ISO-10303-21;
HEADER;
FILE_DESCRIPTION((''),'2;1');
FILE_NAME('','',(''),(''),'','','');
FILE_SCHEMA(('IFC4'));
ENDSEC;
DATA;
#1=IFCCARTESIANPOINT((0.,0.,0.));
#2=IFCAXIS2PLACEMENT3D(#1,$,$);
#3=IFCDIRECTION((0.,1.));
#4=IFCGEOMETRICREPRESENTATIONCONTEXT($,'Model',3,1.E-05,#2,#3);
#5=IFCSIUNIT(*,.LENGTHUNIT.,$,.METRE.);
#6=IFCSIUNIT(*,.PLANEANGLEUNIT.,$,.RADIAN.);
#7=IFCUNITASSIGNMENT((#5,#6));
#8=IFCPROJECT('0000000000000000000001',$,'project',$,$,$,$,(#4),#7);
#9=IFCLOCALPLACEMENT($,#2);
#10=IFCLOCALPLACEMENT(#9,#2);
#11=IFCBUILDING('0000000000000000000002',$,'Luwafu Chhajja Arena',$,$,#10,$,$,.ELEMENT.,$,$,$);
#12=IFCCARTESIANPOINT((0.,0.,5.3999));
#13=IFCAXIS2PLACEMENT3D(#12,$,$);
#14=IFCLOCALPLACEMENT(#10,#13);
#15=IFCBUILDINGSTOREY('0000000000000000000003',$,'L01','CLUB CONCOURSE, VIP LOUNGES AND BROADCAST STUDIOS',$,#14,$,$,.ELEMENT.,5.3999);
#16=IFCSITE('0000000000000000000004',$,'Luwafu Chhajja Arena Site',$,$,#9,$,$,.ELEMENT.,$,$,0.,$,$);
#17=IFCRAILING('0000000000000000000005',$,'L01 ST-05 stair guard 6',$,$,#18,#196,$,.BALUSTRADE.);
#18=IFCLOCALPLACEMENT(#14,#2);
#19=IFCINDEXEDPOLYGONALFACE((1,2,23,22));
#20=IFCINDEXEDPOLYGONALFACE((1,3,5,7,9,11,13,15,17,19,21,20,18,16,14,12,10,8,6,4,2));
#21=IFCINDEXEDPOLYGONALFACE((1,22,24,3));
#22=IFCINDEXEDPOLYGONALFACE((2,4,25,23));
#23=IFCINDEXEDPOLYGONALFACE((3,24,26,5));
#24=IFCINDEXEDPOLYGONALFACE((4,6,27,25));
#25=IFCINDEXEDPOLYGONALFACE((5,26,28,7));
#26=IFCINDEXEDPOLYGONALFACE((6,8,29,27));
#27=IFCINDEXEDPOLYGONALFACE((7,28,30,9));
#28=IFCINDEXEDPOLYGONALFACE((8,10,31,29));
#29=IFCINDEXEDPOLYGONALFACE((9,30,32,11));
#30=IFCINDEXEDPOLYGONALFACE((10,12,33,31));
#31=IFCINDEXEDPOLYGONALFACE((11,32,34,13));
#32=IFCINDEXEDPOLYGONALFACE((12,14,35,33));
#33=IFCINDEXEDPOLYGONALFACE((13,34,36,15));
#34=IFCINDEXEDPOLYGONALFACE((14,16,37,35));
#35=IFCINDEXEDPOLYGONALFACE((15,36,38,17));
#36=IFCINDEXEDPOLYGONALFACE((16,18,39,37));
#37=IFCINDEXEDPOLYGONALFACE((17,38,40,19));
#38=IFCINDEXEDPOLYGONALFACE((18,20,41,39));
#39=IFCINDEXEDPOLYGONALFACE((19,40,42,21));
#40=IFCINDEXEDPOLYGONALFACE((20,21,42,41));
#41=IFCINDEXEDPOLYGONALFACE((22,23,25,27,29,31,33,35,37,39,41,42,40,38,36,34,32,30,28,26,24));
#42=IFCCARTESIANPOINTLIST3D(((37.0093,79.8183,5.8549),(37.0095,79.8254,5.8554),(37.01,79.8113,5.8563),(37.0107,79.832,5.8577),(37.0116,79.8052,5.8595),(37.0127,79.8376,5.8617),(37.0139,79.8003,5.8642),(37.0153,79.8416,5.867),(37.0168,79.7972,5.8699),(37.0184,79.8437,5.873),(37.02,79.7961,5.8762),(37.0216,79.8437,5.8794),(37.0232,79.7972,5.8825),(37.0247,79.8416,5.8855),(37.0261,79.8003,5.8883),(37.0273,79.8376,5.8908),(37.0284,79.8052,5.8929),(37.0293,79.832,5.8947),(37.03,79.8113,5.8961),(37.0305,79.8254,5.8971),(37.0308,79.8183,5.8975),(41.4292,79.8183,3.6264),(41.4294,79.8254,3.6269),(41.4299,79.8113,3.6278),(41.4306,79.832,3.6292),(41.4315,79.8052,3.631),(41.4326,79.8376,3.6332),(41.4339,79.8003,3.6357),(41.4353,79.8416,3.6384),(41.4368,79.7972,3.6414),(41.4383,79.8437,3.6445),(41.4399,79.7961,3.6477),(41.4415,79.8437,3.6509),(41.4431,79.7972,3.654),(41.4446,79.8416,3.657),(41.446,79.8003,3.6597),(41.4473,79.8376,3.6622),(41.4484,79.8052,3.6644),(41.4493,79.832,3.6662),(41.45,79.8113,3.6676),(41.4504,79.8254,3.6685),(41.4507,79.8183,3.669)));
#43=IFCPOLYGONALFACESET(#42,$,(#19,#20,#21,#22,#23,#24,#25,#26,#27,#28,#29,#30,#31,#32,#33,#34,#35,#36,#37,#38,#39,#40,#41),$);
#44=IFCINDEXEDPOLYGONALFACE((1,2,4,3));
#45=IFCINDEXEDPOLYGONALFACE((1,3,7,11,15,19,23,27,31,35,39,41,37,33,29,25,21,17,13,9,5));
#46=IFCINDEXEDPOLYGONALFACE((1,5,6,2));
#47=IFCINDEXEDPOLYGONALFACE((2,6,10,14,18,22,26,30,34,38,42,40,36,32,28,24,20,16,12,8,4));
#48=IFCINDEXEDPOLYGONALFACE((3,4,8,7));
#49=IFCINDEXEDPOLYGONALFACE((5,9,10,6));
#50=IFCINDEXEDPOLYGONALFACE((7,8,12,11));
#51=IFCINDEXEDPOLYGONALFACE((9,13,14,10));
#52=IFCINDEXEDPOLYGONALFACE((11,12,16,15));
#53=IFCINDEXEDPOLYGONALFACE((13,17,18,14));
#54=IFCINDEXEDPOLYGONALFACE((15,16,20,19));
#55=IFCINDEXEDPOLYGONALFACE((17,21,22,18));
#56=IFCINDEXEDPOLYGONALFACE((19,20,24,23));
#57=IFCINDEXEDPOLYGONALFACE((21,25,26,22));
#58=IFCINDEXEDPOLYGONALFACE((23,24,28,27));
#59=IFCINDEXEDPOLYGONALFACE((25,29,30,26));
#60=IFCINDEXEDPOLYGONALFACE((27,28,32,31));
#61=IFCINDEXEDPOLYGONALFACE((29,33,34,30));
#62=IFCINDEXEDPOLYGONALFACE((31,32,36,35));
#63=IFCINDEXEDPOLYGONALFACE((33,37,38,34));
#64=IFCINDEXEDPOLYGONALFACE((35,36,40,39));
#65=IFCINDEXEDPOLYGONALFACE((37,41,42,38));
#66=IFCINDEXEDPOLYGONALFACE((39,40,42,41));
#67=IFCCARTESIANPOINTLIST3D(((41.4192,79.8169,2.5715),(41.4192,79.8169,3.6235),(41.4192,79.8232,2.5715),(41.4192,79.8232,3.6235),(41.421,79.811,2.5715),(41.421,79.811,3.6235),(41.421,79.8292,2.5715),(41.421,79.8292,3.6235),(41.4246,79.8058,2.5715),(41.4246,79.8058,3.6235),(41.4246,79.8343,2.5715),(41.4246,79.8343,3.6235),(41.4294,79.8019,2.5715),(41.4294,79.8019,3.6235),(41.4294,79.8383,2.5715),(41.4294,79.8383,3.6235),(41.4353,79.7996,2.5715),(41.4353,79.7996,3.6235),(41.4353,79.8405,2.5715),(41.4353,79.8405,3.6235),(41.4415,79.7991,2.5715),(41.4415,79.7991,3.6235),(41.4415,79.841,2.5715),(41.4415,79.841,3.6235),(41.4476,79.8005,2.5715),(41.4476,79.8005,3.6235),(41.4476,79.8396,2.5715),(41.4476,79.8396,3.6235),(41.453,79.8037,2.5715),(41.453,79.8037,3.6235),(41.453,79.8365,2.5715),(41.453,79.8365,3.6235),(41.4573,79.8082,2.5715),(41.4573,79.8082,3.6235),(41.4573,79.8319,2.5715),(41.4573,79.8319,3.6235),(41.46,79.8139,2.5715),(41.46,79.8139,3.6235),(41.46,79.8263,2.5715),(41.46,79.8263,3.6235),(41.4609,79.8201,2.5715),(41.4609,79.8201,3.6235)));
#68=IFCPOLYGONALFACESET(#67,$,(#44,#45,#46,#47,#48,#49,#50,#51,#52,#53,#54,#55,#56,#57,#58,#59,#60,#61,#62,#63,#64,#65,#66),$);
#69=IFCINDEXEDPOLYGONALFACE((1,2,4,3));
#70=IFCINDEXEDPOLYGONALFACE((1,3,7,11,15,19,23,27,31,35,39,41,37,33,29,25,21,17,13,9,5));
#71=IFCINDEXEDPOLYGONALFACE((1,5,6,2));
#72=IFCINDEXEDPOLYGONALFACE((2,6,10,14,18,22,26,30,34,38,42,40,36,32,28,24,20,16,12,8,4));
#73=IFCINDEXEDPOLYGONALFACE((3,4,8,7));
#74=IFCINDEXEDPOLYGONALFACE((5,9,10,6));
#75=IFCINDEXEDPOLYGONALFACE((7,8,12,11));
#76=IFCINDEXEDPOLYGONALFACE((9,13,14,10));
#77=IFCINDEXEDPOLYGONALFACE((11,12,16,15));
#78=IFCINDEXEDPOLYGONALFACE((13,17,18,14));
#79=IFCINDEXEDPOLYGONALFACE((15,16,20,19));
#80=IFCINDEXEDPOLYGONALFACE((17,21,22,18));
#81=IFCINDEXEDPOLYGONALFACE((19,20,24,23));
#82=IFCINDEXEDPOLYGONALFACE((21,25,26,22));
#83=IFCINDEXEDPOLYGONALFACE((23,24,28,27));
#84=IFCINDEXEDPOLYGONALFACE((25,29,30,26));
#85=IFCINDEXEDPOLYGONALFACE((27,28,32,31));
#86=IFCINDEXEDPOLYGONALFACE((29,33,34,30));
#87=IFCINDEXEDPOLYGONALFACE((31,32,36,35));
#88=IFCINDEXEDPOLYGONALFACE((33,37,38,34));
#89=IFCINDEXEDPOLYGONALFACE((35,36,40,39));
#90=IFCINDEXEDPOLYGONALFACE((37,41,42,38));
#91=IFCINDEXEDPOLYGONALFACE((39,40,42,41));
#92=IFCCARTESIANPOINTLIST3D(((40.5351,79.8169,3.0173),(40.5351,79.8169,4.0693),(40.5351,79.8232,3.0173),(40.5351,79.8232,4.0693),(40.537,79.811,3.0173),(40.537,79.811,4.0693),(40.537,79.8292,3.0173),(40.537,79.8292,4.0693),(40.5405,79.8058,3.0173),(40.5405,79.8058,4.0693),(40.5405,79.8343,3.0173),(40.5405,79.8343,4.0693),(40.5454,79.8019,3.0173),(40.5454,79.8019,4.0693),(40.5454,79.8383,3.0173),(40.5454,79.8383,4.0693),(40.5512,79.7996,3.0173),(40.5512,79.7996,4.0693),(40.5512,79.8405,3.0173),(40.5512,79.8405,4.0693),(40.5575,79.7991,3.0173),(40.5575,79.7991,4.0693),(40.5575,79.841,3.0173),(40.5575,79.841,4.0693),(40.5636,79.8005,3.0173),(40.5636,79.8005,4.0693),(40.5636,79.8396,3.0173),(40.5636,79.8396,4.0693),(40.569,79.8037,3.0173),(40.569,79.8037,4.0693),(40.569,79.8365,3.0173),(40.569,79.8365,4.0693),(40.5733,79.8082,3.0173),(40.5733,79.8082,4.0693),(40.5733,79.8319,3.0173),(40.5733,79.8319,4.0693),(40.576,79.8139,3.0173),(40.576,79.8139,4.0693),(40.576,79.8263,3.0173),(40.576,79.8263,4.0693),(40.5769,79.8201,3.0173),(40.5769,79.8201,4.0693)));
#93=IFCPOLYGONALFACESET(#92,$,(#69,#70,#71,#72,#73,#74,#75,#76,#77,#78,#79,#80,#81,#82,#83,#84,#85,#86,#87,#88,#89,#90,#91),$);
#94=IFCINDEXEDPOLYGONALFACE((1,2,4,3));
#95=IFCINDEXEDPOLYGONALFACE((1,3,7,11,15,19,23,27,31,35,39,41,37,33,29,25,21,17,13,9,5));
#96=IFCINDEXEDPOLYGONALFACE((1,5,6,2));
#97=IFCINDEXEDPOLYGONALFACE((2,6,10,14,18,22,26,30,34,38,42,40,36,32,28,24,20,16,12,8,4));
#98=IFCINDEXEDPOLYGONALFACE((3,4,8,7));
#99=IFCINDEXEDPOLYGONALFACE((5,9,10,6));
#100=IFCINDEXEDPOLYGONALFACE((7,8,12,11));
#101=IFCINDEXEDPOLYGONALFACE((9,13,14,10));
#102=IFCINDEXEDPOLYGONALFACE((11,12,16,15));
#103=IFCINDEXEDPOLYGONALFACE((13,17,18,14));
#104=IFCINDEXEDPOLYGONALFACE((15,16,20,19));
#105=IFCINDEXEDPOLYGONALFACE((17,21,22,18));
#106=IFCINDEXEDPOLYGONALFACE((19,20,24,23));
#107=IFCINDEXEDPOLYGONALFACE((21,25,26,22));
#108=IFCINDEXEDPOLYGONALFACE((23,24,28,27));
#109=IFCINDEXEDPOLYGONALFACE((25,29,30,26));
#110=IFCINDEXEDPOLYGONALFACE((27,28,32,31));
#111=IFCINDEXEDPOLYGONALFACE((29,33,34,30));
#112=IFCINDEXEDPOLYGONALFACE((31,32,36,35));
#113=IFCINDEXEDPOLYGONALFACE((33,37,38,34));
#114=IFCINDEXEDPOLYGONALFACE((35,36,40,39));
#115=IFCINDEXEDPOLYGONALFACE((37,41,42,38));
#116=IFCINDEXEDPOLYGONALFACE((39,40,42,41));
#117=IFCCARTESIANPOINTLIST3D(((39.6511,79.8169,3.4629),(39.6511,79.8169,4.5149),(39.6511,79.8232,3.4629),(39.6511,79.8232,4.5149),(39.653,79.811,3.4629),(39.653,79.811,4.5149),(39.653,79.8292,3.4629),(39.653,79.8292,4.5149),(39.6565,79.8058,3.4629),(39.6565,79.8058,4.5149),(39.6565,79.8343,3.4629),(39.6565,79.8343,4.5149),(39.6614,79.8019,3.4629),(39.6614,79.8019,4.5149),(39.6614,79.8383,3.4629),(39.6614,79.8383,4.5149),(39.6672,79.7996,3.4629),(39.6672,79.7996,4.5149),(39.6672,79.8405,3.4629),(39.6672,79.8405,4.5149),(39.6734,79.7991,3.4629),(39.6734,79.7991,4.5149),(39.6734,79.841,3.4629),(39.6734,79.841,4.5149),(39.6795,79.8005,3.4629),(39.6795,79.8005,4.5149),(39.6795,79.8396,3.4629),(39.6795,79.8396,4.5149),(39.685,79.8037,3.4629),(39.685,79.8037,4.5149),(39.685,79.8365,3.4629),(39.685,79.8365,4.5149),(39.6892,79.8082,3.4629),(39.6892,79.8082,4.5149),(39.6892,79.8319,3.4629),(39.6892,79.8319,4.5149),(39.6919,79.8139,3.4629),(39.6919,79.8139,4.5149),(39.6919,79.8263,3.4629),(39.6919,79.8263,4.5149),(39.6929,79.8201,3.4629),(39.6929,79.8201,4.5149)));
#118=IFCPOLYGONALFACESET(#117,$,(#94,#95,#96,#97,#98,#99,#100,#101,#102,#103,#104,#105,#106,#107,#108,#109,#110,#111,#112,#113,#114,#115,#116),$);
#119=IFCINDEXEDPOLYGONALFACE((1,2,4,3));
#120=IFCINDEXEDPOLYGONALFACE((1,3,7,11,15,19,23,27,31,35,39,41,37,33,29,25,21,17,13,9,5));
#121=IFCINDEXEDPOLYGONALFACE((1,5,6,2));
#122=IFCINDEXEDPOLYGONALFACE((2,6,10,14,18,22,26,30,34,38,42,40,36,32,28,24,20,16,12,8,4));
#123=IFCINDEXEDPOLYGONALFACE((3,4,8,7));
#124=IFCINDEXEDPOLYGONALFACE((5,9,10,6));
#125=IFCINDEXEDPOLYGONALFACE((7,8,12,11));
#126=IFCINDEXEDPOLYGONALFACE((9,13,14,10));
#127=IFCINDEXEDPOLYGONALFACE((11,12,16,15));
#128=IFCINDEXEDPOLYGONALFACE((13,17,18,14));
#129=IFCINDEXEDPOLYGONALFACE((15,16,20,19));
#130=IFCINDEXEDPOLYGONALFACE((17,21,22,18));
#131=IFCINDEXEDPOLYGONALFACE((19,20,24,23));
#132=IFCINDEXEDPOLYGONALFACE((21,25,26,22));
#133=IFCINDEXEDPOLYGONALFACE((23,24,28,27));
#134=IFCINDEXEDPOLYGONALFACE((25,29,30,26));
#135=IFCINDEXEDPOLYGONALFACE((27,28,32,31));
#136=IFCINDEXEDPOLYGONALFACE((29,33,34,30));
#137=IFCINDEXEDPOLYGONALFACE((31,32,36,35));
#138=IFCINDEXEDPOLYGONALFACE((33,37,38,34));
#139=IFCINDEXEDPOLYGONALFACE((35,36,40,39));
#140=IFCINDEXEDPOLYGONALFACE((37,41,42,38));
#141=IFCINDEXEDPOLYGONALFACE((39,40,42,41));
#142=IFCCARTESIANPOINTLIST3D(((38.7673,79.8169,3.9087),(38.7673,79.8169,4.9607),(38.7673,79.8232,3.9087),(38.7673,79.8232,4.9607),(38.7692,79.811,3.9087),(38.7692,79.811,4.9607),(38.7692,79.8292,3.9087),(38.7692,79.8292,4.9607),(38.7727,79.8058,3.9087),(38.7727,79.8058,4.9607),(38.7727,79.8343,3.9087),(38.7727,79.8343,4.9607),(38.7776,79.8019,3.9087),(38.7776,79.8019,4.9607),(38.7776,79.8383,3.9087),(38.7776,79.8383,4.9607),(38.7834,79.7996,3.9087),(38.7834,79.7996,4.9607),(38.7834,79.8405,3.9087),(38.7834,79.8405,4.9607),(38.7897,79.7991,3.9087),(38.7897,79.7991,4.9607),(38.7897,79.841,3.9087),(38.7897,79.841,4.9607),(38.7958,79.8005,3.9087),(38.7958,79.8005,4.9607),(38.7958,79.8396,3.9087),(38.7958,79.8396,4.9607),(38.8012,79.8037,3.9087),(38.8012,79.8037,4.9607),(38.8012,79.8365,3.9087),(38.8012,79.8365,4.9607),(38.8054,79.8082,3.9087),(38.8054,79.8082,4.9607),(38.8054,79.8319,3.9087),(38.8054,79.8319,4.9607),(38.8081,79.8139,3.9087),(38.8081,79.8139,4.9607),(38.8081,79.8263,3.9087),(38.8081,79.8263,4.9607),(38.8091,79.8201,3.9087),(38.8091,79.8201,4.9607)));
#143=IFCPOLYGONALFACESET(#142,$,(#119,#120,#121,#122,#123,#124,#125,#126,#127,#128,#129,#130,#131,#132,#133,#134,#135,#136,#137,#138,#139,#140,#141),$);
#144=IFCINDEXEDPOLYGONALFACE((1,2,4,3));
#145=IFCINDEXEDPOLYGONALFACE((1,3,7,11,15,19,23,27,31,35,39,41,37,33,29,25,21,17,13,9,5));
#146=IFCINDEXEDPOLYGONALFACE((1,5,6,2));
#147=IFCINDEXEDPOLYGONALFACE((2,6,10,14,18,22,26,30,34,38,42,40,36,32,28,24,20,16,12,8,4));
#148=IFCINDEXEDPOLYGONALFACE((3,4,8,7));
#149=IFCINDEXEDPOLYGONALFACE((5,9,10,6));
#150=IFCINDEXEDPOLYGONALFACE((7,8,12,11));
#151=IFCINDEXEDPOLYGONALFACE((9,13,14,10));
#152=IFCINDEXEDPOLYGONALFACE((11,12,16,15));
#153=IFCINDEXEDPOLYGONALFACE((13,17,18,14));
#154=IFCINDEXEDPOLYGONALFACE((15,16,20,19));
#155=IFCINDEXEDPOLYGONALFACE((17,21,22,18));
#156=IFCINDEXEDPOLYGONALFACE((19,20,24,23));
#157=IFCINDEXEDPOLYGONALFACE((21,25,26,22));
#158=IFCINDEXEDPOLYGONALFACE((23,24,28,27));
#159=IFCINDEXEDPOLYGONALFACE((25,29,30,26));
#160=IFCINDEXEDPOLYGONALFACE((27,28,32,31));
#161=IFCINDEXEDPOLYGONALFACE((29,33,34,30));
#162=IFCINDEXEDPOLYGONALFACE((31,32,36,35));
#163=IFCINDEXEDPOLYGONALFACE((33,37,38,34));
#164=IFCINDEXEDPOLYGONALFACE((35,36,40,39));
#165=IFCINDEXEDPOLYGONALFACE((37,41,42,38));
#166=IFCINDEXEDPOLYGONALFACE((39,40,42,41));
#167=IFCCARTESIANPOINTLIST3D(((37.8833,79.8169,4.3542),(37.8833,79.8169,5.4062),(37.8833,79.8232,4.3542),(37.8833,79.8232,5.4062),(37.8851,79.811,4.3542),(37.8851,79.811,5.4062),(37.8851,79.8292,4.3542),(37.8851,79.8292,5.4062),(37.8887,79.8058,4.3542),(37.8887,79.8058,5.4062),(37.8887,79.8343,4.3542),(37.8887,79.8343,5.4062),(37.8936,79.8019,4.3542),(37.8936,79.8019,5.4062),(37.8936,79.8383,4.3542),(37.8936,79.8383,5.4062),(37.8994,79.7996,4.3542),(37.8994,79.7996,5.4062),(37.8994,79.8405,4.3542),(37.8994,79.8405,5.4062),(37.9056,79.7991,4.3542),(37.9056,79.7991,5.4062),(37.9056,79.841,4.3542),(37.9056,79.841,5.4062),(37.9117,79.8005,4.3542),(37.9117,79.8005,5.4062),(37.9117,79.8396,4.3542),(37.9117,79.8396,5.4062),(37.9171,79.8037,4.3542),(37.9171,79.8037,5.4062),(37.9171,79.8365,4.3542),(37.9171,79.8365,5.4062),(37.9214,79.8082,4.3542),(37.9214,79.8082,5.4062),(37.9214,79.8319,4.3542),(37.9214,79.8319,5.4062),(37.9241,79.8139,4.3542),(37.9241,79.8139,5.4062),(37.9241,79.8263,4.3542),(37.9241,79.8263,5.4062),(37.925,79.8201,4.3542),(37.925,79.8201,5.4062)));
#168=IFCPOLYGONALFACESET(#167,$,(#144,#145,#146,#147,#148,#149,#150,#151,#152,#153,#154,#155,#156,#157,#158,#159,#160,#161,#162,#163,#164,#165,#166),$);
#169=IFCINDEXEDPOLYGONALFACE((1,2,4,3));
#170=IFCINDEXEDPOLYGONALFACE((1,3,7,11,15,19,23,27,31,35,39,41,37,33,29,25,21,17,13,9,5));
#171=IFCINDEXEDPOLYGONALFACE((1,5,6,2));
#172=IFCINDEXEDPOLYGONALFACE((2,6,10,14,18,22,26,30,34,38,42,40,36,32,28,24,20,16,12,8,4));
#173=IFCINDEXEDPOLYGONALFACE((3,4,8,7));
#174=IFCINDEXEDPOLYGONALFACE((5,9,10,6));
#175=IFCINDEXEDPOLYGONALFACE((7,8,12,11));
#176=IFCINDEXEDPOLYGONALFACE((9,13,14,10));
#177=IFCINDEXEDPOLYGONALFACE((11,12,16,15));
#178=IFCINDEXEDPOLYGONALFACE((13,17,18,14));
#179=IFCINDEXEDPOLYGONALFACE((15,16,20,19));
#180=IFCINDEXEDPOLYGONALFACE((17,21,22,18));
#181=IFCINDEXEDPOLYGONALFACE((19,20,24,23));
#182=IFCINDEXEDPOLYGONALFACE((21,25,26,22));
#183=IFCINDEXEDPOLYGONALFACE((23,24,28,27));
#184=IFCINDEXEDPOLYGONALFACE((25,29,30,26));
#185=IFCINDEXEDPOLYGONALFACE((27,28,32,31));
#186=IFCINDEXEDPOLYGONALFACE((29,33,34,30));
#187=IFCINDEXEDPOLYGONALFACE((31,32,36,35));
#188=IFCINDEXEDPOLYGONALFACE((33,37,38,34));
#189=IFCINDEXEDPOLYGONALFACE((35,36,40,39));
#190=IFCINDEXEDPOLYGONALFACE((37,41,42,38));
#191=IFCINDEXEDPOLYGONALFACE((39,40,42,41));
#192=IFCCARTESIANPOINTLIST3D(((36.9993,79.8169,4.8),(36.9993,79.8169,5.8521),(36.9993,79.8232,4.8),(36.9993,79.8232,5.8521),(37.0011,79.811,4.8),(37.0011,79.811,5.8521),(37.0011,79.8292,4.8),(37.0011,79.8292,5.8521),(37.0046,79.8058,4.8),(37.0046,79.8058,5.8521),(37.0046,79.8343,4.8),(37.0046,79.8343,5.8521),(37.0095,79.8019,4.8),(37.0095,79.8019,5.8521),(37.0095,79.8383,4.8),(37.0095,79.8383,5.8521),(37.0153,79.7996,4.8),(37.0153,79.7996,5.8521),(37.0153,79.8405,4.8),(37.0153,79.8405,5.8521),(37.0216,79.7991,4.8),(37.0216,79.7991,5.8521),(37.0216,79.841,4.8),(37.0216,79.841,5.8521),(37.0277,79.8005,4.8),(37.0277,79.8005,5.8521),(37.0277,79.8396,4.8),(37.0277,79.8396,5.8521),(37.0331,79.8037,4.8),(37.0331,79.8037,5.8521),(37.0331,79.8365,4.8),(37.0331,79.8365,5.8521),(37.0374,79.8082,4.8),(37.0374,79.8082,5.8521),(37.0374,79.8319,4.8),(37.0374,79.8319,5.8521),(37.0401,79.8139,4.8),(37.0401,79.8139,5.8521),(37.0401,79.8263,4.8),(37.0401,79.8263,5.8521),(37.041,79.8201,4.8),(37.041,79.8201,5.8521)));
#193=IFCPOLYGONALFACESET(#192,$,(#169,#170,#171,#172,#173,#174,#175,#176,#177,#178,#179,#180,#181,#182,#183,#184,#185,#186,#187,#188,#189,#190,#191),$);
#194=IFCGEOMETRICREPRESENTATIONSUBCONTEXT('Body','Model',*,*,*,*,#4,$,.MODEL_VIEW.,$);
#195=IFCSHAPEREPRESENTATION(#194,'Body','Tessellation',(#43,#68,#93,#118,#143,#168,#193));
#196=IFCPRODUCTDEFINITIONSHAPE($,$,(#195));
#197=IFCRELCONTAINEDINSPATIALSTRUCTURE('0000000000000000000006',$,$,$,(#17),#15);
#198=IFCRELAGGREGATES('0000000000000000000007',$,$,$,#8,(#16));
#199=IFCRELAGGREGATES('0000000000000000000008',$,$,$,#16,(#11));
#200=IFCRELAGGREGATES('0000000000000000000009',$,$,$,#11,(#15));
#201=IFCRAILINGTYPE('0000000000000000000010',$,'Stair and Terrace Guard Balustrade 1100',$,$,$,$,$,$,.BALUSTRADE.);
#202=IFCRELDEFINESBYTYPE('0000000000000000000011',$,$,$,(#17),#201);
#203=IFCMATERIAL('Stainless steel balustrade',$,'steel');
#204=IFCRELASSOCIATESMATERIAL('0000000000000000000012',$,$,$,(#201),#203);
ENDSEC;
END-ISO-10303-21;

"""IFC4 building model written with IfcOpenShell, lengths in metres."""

from ifc_helpers import new_model, si_unit, direction, frame, origin, origin_2d, place, context, subcontext, project, spatial, circle, extrude, material, type_object, element, save


model = new_model("IFC4")

# Units and contexts
model_context = context("Model", 3, precision=1e-05, world=origin(), true_north=direction((0.0, 1.0)))
body_context = subcontext(model_context, "Body", "Model", "MODEL_VIEW")
ifc_project = project(units=[si_unit("LENGTHUNIT", "METRE"), si_unit("PLANEANGLEUNIT", "RADIAN")], contexts=[model_context])

# Site, building, storey
site_placement = place(None, origin())
site = spatial("IfcSite", under=ifc_project, at=site_placement, Name="Luwafu Chhajja Arena Site", CompositionType="ELEMENT", RefElevation=0.0)
building_placement = place(site_placement, origin())
building = spatial("IfcBuilding", under=site, at=building_placement, Name="Luwafu Chhajja Arena", CompositionType="ELEMENT")
storey_placement = place(building_placement, frame((0.0, 0.0, 5.3999)))
storey = spatial("IfcBuildingStorey", under=building, at=storey_placement, Name="L01", Description="CLUB CONCOURSE, VIP LOUNGES AND BROADCAST STUDIOS", CompositionType="ELEMENT", Elevation=5.3999)

# Railing
ifc_material_1 = material(Name="Stainless steel balustrade", Category="steel")
railing_type_1 = type_object("IfcRailingType", Name="Stair and Terrace Guard Balustrade 1100", PredefinedType="BALUSTRADE", material=ifc_material_1)
railing_1_placement = place(storey_placement, frame((41.4399, 79.8201, 2.5715)))
element("IfcRailing", 1, at=railing_1_placement, inside=storey, type_object=railing_type_1, Name="L01 ST-05 stair guard 6", PredefinedType="BALUSTRADE", context=body_context, shape_type="SweptSolid", body=[
    extrude(circle(Radius=0.0239, at=origin_2d()), frame((0.0, 0.0, 1.0762), z_axis=(-0.892923, 0.0, 0.45021), x_axis=(0.0, -1.0, 0.0)), (0.0, 0.0, 1.0), 4.95),
    extrude(circle(Radius=0.021, at=origin_2d()), origin(), (0.0, 0.0, 1.0), 1.052),
    extrude(circle(Radius=0.021, at=origin_2d()), frame((-0.884, 0.0, 0.4458)), (0.0, 0.0, 1.0), 1.052),
    extrude(circle(Radius=0.021, at=origin_2d()), frame((-1.7681, 0.0, 0.8914)), (0.0, 0.0, 1.0), 1.052),
    extrude(circle(Radius=0.021, at=origin_2d()), frame((-2.6519, 0.0, 1.3372)), (0.0, 0.0, 1.0), 1.052),
    extrude(circle(Radius=0.021, at=origin_2d()), frame((-3.5359, 0.0, 1.7827)), (0.0, 0.0, 1.0), 1.052),
    extrude(circle(Radius=0.021, at=origin_2d()), frame((-4.4199, 0.0, 2.2285)), (0.0, 0.0, 1.0), 1.052),
])

save(model, "model.ifc")
